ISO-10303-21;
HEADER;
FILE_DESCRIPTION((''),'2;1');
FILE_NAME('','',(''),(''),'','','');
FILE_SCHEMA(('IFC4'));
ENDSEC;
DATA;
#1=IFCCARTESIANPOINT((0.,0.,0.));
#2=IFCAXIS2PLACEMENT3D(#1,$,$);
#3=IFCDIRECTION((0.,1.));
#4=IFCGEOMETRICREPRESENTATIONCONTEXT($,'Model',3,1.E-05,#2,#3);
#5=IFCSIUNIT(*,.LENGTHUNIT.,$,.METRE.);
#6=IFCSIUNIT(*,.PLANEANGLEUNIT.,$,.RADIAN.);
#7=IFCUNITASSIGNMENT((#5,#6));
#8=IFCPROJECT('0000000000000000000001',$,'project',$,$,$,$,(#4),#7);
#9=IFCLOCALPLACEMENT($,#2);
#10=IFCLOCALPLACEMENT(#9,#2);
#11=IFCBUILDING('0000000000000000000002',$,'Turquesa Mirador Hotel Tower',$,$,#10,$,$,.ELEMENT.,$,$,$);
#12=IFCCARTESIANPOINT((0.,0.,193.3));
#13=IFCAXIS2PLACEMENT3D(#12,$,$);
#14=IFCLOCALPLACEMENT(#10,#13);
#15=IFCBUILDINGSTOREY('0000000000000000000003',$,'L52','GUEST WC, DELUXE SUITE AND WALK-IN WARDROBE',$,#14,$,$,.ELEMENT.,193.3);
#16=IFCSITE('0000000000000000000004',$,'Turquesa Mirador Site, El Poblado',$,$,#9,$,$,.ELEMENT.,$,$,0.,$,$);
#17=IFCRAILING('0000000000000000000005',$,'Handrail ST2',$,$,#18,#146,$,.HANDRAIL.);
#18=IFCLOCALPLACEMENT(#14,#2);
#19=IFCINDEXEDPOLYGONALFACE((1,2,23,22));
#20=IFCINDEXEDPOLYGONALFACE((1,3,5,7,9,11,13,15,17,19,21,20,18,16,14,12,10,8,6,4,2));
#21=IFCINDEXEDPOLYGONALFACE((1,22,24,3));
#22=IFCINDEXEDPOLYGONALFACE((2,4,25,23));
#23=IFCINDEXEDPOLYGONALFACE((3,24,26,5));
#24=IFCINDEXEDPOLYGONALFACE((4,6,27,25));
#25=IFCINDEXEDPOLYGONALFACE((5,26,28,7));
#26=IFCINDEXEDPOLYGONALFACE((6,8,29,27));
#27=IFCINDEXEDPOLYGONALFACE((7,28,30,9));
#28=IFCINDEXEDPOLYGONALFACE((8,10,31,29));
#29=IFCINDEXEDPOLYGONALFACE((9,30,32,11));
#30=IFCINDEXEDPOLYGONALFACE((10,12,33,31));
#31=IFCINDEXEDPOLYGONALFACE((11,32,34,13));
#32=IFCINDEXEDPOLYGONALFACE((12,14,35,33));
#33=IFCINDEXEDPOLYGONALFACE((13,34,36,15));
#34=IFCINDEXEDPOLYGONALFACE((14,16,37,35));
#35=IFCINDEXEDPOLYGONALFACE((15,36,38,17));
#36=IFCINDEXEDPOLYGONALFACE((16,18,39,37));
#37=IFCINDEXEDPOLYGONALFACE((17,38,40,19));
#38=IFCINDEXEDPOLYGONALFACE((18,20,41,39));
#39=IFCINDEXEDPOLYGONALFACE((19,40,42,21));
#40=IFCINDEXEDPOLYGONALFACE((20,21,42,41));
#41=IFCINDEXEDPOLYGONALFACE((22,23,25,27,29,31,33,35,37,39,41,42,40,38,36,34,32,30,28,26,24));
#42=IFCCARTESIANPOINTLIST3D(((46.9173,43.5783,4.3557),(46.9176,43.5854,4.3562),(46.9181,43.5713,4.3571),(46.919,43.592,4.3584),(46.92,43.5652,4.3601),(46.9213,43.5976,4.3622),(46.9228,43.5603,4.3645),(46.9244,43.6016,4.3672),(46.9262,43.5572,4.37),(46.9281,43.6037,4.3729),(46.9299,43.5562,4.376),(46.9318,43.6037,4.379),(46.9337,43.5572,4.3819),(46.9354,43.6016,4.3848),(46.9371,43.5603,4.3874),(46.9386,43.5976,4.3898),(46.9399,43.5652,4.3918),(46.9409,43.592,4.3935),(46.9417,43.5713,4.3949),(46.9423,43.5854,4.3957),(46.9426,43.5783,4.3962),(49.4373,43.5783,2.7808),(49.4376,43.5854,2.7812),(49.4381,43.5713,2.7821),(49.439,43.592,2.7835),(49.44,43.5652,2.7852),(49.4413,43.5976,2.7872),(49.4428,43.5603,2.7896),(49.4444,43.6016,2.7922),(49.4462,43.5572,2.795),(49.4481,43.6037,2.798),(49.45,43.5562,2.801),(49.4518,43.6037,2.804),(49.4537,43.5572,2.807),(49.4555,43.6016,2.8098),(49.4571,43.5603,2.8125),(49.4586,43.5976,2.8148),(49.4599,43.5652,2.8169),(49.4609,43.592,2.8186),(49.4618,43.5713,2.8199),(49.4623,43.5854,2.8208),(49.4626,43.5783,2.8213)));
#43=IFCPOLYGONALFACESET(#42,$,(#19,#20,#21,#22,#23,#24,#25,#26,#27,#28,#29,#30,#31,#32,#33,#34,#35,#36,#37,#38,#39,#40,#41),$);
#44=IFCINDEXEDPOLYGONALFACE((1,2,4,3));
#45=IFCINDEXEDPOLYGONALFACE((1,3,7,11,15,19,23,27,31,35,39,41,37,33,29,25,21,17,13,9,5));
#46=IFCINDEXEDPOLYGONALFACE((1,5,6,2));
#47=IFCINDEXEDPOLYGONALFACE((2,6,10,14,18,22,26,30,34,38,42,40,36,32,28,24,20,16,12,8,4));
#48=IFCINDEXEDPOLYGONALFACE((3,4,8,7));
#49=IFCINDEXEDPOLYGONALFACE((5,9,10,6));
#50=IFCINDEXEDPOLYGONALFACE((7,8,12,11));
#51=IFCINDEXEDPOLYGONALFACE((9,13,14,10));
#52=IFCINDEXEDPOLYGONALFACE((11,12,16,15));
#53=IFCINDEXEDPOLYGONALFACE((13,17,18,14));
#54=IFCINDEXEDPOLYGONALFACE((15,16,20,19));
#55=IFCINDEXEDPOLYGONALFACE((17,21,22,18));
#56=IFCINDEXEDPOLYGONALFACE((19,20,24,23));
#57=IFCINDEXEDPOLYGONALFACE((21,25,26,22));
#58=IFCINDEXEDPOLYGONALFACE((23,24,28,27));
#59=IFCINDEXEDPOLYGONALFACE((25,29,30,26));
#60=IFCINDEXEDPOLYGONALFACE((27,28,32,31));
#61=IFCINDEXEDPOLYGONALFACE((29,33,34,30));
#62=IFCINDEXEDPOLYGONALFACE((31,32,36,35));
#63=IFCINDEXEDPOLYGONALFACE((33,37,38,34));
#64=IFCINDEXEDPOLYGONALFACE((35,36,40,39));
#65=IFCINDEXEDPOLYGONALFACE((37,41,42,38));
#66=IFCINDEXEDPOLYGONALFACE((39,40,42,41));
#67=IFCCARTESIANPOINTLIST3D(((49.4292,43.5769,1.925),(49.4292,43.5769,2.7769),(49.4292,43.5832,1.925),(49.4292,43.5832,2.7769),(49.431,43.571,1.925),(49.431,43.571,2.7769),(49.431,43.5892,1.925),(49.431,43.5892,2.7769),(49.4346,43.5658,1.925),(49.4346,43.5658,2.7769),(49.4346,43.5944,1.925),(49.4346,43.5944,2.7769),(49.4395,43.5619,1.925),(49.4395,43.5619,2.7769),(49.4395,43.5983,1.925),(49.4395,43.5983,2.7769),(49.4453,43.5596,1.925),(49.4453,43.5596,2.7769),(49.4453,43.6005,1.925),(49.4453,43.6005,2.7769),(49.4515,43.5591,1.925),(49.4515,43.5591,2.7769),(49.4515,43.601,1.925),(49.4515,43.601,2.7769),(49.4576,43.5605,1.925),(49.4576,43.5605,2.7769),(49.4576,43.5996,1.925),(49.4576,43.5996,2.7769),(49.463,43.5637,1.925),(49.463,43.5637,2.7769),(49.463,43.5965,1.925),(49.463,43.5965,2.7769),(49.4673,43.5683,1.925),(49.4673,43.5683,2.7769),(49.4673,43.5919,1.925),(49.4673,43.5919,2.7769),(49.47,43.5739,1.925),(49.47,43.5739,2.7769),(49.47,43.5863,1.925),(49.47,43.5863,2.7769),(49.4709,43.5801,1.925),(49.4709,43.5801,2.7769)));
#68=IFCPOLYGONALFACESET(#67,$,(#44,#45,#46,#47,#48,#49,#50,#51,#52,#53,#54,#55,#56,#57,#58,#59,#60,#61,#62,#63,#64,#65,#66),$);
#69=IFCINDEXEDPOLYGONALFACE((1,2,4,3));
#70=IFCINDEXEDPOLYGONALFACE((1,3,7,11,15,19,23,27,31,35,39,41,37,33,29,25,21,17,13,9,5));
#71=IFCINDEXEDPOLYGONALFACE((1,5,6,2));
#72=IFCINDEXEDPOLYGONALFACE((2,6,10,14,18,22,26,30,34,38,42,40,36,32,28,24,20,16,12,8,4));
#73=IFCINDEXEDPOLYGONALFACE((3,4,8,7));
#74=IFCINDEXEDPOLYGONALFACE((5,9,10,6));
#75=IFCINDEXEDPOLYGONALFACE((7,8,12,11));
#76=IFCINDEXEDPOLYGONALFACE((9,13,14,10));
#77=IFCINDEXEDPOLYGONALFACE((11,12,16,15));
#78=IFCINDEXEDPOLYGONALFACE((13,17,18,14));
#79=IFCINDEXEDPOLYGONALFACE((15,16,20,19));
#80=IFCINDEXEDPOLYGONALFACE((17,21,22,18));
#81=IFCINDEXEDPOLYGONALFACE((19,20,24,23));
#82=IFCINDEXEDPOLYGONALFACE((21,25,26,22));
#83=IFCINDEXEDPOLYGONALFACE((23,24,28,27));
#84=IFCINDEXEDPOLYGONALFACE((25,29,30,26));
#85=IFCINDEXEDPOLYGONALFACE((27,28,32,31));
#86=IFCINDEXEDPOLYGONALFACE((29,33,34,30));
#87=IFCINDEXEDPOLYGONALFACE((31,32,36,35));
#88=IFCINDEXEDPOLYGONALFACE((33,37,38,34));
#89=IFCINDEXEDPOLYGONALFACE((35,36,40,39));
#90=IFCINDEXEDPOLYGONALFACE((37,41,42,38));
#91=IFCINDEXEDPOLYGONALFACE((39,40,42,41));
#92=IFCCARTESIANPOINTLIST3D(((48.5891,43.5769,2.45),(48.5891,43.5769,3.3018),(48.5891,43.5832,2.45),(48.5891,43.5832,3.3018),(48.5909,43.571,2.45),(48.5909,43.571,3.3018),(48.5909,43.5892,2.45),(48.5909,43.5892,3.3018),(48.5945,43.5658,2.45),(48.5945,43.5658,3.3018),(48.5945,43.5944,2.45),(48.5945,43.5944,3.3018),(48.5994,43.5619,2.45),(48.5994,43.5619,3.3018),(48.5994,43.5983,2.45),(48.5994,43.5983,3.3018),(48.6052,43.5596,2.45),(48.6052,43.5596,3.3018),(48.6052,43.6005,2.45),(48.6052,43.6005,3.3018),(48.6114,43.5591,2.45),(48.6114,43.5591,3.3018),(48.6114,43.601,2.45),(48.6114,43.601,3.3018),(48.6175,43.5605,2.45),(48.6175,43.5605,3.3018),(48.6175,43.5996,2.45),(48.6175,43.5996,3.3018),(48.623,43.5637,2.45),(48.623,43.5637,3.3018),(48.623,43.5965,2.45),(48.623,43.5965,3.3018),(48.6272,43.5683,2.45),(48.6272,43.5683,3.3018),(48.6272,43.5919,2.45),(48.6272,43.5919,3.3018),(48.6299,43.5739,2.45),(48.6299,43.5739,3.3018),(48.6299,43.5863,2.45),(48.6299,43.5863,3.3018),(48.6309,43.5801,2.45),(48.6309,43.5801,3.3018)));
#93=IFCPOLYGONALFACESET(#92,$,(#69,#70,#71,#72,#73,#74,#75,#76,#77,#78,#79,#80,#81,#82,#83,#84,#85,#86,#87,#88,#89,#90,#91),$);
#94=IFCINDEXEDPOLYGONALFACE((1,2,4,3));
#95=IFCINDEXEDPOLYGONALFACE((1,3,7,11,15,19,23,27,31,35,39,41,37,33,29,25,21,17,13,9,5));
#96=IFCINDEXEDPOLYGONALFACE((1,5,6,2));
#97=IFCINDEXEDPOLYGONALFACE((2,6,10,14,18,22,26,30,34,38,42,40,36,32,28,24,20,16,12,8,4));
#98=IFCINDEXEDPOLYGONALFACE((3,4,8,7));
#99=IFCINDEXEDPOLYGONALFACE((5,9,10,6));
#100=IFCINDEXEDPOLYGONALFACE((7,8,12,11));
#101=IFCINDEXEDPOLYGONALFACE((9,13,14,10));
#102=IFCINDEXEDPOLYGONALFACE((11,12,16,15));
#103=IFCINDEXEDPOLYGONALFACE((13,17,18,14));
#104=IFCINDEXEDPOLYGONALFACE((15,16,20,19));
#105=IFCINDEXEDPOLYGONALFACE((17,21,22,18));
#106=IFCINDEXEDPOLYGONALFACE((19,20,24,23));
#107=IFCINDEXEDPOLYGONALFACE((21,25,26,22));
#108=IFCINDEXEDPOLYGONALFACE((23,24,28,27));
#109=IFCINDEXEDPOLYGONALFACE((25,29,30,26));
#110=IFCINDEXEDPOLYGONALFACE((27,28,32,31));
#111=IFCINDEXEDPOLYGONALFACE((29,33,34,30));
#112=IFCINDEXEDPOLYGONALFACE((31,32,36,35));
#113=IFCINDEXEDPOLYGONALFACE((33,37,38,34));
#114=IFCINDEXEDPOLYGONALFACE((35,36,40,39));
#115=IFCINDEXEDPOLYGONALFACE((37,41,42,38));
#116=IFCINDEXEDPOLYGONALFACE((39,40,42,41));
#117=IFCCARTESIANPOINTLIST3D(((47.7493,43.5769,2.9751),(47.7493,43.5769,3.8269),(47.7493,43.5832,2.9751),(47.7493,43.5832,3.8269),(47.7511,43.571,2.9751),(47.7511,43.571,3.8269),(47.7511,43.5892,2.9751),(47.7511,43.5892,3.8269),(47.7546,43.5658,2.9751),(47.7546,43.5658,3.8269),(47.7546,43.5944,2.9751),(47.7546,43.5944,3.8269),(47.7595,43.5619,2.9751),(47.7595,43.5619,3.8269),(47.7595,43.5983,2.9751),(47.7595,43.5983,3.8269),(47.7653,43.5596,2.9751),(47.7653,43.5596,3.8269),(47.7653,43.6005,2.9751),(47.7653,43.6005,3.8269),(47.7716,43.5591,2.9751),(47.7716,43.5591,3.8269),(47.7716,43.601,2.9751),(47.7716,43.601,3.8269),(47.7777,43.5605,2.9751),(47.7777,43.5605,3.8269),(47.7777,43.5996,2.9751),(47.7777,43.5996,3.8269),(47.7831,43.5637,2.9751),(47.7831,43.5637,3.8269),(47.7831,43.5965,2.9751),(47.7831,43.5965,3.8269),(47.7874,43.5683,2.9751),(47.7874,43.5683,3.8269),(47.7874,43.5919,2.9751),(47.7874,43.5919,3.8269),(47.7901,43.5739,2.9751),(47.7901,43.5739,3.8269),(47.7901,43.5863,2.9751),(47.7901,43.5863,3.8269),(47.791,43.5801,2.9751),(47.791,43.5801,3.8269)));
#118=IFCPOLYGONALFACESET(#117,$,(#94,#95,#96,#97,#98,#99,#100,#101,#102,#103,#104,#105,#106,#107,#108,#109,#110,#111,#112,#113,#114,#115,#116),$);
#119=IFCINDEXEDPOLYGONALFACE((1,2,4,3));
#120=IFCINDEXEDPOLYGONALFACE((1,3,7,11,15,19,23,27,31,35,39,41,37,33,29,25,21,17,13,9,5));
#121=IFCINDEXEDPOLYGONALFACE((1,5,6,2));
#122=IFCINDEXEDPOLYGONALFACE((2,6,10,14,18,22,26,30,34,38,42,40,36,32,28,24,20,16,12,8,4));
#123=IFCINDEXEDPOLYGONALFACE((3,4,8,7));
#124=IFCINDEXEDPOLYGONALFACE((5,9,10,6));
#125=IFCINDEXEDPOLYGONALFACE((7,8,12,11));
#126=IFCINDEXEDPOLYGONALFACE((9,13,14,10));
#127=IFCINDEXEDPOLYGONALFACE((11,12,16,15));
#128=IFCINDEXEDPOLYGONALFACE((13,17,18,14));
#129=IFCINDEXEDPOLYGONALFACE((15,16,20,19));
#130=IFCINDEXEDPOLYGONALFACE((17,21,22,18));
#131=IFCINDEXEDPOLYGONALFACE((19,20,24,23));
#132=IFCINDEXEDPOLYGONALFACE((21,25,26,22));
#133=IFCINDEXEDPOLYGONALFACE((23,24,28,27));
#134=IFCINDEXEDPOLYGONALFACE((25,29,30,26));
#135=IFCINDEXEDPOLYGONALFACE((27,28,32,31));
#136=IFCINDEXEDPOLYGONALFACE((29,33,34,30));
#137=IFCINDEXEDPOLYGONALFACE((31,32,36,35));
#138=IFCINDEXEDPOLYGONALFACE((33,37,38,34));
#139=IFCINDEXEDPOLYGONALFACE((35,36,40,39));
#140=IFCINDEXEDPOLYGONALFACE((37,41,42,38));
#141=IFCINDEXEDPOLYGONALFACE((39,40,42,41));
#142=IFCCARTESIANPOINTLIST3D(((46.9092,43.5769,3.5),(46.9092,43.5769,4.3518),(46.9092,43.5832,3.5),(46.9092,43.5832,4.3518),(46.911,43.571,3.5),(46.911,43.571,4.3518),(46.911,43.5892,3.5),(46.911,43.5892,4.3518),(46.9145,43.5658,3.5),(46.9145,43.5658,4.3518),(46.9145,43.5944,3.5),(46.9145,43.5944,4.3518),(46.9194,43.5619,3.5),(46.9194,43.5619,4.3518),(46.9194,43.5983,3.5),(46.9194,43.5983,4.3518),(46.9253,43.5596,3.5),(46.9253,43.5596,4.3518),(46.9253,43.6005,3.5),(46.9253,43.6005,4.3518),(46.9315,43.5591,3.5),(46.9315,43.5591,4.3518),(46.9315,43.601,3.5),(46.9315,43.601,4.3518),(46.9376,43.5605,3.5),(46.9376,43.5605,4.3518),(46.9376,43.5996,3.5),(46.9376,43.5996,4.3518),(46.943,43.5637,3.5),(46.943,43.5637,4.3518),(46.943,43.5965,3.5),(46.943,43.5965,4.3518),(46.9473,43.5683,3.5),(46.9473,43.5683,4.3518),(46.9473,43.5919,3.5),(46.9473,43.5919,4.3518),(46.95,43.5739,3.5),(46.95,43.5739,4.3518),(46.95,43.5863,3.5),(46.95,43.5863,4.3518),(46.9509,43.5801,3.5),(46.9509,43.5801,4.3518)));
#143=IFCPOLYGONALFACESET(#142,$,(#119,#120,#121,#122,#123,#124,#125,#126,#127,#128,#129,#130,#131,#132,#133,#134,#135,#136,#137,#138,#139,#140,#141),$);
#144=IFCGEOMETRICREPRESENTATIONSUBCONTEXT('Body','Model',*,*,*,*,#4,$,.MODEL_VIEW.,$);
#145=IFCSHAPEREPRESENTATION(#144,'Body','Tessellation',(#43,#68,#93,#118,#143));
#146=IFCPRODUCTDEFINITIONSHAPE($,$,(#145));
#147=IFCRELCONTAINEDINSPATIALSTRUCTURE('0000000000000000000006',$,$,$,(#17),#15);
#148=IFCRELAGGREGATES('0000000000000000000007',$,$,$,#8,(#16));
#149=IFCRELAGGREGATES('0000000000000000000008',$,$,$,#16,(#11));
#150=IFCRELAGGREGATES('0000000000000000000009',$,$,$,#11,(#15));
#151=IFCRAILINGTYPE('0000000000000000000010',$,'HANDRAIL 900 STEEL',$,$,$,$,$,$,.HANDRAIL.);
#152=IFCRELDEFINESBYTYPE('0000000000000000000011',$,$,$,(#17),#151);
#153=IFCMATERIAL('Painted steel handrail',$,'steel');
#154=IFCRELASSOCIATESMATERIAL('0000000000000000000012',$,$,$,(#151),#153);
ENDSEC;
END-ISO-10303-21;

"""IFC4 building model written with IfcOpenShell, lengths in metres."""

from ifc_helpers import new_model, si_unit, direction, frame, origin, origin_2d, place, context, subcontext, project, spatial, circle, extrude, material, type_object, element, save


model = new_model("IFC4")

# Units and contexts
model_context = context("Model", 3, precision=1e-05, world=origin(), true_north=direction((0.0, 1.0)))
body_context = subcontext(model_context, "Body", "Model", "MODEL_VIEW")
ifc_project = project(units=[si_unit("LENGTHUNIT", "METRE"), si_unit("PLANEANGLEUNIT", "RADIAN")], contexts=[model_context])

# Site, building, storey
site_placement = place(None, origin())
site = spatial("IfcSite", under=ifc_project, at=site_placement, Name="Turquesa Mirador Site, El Poblado", CompositionType="ELEMENT", RefElevation=0.0)
building_placement = place(site_placement, origin())
building = spatial("IfcBuilding", under=site, at=building_placement, Name="Turquesa Mirador Hotel Tower", CompositionType="ELEMENT")
storey_placement = place(building_placement, frame((0.0, 0.0, 193.3)))
storey = spatial("IfcBuildingStorey", under=building, at=storey_placement, Name="L52", Description="GUEST WC, DELUXE SUITE AND WALK-IN WARDROBE", CompositionType="ELEMENT", Elevation=193.3)

# Railing
ifc_material_1 = material(Name="Painted steel handrail", Category="steel")
railing_type = type_object("IfcRailingType", Name="HANDRAIL 900 STEEL", PredefinedType="HANDRAIL", material=ifc_material_1)
railing_1_placement = place(storey_placement, frame((49.45, 43.5801, 1.925)))
element("IfcRailing", 1, at=railing_1_placement, inside=storey, type_object=railing_type, Name="Handrail ST2", PredefinedType="HANDRAIL", context=body_context, shape_type="SweptSolid", body=[
    extrude(circle(Radius=0.0239, at=origin_2d()), frame((0.0, 0.0, 0.876), z_axis=(-0.848008, 0.0, 0.529984), x_axis=(0.0, -1.0, 0.0)), (0.0, 0.0, 1.0), 2.9717),
    extrude(circle(Radius=0.021, at=origin_2d()), origin(), (0.0, 0.0, 1.0), 0.8518),
    extrude(circle(Radius=0.021, at=origin_2d()), frame((-0.8401, 0.0, 0.5249)), (0.0, 0.0, 1.0), 0.8518),
    extrude(circle(Radius=0.021, at=origin_2d()), frame((-1.6799, 0.0, 1.05)), (0.0, 0.0, 1.0), 0.8518),
    extrude(circle(Radius=0.021, at=origin_2d()), frame((-2.52, 0.0, 1.575)), (0.0, 0.0, 1.0), 0.8518),
])

save(model, "model.ifc")
